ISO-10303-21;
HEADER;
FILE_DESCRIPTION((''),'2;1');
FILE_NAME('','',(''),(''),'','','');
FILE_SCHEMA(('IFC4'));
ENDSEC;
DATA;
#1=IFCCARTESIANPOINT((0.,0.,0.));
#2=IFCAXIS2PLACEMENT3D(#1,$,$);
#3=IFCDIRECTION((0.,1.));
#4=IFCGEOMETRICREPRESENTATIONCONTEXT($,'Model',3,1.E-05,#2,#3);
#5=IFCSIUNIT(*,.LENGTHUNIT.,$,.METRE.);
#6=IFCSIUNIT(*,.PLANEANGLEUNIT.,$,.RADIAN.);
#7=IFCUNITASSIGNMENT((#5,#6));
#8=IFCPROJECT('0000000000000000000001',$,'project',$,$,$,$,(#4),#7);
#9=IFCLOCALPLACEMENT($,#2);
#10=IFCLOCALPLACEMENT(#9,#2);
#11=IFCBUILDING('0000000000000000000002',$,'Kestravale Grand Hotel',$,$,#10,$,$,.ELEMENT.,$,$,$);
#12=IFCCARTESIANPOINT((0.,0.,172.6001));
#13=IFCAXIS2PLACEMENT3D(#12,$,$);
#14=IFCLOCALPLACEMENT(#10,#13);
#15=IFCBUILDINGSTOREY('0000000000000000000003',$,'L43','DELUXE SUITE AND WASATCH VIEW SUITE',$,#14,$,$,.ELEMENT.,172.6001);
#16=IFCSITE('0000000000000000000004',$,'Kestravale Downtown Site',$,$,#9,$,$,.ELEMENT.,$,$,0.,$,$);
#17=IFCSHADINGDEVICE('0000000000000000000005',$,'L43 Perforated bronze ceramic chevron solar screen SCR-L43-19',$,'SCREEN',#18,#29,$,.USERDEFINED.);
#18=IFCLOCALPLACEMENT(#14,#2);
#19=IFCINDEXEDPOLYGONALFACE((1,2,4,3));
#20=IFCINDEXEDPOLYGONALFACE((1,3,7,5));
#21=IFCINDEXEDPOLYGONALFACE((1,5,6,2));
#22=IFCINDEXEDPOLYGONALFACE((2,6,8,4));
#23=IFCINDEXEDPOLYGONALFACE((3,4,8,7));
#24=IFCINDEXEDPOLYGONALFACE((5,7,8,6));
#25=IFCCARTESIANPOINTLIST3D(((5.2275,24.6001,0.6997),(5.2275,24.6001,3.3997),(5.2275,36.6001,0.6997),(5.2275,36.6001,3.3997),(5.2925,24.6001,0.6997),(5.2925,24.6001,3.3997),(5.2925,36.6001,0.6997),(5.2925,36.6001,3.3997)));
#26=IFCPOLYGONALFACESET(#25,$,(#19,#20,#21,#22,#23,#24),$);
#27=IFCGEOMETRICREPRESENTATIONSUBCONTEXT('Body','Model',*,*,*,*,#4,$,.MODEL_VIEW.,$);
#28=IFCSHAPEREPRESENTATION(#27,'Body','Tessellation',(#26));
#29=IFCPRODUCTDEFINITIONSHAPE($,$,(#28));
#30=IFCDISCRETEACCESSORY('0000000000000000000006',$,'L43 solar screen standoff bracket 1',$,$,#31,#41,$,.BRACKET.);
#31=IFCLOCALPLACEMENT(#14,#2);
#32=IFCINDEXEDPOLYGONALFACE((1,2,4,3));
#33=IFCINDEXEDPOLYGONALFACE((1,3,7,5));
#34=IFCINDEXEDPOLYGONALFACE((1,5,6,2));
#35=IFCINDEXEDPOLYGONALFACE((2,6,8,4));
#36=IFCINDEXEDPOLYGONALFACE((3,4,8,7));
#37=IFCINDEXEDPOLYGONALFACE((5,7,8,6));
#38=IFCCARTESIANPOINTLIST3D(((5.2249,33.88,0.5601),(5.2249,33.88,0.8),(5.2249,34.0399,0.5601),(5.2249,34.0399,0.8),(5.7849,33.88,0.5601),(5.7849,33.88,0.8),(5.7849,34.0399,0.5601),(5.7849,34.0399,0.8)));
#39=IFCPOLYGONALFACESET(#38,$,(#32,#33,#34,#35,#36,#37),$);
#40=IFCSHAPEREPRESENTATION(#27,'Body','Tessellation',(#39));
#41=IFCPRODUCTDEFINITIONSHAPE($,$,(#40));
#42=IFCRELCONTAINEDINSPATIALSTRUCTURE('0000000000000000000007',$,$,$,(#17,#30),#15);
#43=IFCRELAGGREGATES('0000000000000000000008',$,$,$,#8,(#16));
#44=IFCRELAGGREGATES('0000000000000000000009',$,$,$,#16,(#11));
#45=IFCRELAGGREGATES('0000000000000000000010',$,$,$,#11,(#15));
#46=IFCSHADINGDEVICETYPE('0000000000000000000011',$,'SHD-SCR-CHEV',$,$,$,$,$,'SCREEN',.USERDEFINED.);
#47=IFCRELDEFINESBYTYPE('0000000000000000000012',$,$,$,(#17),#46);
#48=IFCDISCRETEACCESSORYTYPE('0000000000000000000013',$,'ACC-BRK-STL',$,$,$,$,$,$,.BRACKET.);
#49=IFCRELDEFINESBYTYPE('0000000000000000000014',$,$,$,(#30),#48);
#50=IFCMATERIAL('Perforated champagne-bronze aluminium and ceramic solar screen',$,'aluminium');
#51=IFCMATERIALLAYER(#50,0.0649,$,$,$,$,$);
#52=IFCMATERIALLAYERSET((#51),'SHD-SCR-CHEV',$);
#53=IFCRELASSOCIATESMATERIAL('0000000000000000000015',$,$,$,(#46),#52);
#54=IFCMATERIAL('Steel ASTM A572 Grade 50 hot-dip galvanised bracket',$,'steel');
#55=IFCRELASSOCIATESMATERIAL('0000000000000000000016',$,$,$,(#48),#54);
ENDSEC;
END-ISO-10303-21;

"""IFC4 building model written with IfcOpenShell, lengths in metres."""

from ifc_helpers import new_model, si_unit, direction, frame, origin, origin_2d, place, context, subcontext, project, spatial, rectangle, extrude, material, layer, layer_set, type_object, element, save


model = new_model("IFC4")

# Units and contexts
model_context = context("Model", 3, precision=1e-05, world=origin(), true_north=direction((0.0, 1.0)))
body_context = subcontext(model_context, "Body", "Model", "MODEL_VIEW")
ifc_project = project(units=[si_unit("LENGTHUNIT", "METRE"), si_unit("PLANEANGLEUNIT", "RADIAN")], contexts=[model_context])

# Site, building, storey
site_placement = place(None, origin())
site = spatial("IfcSite", under=ifc_project, at=site_placement, Name="Kestravale Downtown Site", CompositionType="ELEMENT", RefElevation=0.0)
building_placement = place(site_placement, origin())
building = spatial("IfcBuilding", under=site, at=building_placement, Name="Kestravale Grand Hotel", CompositionType="ELEMENT")
storey_placement = place(building_placement, frame((0.0, 0.0, 172.6001)))
storey = spatial("IfcBuildingStorey", under=building, at=storey_placement, Name="L43", Description="DELUXE SUITE AND WASATCH VIEW SUITE", CompositionType="ELEMENT", Elevation=172.6001)

# Shading device
ifc_material_1 = material(Name="Perforated champagne-bronze aluminium and ceramic solar screen", Category="aluminium")
ifc_layer_1 = layer(ifc_material_1, 0.0649)
ifc_layer_set_1 = layer_set([ifc_layer_1], Name="SHD-SCR-CHEV")
shading_device_type = type_object("IfcShadingDeviceType", Name="SHD-SCR-CHEV", ElementType="SCREEN", PredefinedType="USERDEFINED", material=ifc_layer_set_1)
shading_device_placement = place(storey_placement, frame((5.26, 30.6001, 0.6997), z_axis=(0.0, 0.0, 1.0), x_axis=(0.0, -1.0, 0.0)))
element("IfcShadingDevice", 1, at=shading_device_placement, inside=storey, type_object=shading_device_type, Name="L43 Perforated bronze ceramic chevron solar screen SCR-L43-19", ObjectType="SCREEN", PredefinedType="USERDEFINED", context=body_context, shape_type="SweptSolid", body=[
    extrude(rectangle(XDim=12.0, YDim=0.0649, at=origin_2d()), origin(), (0.0, 0.0, 1.0), 2.7),
])

# Discrete accessory
ifc_material_2 = material(Name="Steel ASTM A572 Grade 50 hot-dip galvanised bracket", Category="steel")
discrete_accessory_type = type_object("IfcDiscreteAccessoryType", Name="ACC-BRK-STL", PredefinedType="BRACKET", material=ifc_material_2)
discrete_accessory_placement = place(storey_placement, frame((5.5049, 33.96, 0.5601), z_axis=(0.0, 0.0, 1.0), x_axis=(0.0, -1.0, 0.0)))
element("IfcDiscreteAccessory", 2, at=discrete_accessory_placement, inside=storey, type_object=discrete_accessory_type, Name="L43 solar screen standoff bracket 1", PredefinedType="BRACKET", context=body_context, shape_type="SweptSolid", body=[
    extrude(rectangle(XDim=0.1599, YDim=0.5601, at=origin_2d()), origin(), (0.0, 0.0, 1.0), 0.24),
])

save(model, "model.ifc")
